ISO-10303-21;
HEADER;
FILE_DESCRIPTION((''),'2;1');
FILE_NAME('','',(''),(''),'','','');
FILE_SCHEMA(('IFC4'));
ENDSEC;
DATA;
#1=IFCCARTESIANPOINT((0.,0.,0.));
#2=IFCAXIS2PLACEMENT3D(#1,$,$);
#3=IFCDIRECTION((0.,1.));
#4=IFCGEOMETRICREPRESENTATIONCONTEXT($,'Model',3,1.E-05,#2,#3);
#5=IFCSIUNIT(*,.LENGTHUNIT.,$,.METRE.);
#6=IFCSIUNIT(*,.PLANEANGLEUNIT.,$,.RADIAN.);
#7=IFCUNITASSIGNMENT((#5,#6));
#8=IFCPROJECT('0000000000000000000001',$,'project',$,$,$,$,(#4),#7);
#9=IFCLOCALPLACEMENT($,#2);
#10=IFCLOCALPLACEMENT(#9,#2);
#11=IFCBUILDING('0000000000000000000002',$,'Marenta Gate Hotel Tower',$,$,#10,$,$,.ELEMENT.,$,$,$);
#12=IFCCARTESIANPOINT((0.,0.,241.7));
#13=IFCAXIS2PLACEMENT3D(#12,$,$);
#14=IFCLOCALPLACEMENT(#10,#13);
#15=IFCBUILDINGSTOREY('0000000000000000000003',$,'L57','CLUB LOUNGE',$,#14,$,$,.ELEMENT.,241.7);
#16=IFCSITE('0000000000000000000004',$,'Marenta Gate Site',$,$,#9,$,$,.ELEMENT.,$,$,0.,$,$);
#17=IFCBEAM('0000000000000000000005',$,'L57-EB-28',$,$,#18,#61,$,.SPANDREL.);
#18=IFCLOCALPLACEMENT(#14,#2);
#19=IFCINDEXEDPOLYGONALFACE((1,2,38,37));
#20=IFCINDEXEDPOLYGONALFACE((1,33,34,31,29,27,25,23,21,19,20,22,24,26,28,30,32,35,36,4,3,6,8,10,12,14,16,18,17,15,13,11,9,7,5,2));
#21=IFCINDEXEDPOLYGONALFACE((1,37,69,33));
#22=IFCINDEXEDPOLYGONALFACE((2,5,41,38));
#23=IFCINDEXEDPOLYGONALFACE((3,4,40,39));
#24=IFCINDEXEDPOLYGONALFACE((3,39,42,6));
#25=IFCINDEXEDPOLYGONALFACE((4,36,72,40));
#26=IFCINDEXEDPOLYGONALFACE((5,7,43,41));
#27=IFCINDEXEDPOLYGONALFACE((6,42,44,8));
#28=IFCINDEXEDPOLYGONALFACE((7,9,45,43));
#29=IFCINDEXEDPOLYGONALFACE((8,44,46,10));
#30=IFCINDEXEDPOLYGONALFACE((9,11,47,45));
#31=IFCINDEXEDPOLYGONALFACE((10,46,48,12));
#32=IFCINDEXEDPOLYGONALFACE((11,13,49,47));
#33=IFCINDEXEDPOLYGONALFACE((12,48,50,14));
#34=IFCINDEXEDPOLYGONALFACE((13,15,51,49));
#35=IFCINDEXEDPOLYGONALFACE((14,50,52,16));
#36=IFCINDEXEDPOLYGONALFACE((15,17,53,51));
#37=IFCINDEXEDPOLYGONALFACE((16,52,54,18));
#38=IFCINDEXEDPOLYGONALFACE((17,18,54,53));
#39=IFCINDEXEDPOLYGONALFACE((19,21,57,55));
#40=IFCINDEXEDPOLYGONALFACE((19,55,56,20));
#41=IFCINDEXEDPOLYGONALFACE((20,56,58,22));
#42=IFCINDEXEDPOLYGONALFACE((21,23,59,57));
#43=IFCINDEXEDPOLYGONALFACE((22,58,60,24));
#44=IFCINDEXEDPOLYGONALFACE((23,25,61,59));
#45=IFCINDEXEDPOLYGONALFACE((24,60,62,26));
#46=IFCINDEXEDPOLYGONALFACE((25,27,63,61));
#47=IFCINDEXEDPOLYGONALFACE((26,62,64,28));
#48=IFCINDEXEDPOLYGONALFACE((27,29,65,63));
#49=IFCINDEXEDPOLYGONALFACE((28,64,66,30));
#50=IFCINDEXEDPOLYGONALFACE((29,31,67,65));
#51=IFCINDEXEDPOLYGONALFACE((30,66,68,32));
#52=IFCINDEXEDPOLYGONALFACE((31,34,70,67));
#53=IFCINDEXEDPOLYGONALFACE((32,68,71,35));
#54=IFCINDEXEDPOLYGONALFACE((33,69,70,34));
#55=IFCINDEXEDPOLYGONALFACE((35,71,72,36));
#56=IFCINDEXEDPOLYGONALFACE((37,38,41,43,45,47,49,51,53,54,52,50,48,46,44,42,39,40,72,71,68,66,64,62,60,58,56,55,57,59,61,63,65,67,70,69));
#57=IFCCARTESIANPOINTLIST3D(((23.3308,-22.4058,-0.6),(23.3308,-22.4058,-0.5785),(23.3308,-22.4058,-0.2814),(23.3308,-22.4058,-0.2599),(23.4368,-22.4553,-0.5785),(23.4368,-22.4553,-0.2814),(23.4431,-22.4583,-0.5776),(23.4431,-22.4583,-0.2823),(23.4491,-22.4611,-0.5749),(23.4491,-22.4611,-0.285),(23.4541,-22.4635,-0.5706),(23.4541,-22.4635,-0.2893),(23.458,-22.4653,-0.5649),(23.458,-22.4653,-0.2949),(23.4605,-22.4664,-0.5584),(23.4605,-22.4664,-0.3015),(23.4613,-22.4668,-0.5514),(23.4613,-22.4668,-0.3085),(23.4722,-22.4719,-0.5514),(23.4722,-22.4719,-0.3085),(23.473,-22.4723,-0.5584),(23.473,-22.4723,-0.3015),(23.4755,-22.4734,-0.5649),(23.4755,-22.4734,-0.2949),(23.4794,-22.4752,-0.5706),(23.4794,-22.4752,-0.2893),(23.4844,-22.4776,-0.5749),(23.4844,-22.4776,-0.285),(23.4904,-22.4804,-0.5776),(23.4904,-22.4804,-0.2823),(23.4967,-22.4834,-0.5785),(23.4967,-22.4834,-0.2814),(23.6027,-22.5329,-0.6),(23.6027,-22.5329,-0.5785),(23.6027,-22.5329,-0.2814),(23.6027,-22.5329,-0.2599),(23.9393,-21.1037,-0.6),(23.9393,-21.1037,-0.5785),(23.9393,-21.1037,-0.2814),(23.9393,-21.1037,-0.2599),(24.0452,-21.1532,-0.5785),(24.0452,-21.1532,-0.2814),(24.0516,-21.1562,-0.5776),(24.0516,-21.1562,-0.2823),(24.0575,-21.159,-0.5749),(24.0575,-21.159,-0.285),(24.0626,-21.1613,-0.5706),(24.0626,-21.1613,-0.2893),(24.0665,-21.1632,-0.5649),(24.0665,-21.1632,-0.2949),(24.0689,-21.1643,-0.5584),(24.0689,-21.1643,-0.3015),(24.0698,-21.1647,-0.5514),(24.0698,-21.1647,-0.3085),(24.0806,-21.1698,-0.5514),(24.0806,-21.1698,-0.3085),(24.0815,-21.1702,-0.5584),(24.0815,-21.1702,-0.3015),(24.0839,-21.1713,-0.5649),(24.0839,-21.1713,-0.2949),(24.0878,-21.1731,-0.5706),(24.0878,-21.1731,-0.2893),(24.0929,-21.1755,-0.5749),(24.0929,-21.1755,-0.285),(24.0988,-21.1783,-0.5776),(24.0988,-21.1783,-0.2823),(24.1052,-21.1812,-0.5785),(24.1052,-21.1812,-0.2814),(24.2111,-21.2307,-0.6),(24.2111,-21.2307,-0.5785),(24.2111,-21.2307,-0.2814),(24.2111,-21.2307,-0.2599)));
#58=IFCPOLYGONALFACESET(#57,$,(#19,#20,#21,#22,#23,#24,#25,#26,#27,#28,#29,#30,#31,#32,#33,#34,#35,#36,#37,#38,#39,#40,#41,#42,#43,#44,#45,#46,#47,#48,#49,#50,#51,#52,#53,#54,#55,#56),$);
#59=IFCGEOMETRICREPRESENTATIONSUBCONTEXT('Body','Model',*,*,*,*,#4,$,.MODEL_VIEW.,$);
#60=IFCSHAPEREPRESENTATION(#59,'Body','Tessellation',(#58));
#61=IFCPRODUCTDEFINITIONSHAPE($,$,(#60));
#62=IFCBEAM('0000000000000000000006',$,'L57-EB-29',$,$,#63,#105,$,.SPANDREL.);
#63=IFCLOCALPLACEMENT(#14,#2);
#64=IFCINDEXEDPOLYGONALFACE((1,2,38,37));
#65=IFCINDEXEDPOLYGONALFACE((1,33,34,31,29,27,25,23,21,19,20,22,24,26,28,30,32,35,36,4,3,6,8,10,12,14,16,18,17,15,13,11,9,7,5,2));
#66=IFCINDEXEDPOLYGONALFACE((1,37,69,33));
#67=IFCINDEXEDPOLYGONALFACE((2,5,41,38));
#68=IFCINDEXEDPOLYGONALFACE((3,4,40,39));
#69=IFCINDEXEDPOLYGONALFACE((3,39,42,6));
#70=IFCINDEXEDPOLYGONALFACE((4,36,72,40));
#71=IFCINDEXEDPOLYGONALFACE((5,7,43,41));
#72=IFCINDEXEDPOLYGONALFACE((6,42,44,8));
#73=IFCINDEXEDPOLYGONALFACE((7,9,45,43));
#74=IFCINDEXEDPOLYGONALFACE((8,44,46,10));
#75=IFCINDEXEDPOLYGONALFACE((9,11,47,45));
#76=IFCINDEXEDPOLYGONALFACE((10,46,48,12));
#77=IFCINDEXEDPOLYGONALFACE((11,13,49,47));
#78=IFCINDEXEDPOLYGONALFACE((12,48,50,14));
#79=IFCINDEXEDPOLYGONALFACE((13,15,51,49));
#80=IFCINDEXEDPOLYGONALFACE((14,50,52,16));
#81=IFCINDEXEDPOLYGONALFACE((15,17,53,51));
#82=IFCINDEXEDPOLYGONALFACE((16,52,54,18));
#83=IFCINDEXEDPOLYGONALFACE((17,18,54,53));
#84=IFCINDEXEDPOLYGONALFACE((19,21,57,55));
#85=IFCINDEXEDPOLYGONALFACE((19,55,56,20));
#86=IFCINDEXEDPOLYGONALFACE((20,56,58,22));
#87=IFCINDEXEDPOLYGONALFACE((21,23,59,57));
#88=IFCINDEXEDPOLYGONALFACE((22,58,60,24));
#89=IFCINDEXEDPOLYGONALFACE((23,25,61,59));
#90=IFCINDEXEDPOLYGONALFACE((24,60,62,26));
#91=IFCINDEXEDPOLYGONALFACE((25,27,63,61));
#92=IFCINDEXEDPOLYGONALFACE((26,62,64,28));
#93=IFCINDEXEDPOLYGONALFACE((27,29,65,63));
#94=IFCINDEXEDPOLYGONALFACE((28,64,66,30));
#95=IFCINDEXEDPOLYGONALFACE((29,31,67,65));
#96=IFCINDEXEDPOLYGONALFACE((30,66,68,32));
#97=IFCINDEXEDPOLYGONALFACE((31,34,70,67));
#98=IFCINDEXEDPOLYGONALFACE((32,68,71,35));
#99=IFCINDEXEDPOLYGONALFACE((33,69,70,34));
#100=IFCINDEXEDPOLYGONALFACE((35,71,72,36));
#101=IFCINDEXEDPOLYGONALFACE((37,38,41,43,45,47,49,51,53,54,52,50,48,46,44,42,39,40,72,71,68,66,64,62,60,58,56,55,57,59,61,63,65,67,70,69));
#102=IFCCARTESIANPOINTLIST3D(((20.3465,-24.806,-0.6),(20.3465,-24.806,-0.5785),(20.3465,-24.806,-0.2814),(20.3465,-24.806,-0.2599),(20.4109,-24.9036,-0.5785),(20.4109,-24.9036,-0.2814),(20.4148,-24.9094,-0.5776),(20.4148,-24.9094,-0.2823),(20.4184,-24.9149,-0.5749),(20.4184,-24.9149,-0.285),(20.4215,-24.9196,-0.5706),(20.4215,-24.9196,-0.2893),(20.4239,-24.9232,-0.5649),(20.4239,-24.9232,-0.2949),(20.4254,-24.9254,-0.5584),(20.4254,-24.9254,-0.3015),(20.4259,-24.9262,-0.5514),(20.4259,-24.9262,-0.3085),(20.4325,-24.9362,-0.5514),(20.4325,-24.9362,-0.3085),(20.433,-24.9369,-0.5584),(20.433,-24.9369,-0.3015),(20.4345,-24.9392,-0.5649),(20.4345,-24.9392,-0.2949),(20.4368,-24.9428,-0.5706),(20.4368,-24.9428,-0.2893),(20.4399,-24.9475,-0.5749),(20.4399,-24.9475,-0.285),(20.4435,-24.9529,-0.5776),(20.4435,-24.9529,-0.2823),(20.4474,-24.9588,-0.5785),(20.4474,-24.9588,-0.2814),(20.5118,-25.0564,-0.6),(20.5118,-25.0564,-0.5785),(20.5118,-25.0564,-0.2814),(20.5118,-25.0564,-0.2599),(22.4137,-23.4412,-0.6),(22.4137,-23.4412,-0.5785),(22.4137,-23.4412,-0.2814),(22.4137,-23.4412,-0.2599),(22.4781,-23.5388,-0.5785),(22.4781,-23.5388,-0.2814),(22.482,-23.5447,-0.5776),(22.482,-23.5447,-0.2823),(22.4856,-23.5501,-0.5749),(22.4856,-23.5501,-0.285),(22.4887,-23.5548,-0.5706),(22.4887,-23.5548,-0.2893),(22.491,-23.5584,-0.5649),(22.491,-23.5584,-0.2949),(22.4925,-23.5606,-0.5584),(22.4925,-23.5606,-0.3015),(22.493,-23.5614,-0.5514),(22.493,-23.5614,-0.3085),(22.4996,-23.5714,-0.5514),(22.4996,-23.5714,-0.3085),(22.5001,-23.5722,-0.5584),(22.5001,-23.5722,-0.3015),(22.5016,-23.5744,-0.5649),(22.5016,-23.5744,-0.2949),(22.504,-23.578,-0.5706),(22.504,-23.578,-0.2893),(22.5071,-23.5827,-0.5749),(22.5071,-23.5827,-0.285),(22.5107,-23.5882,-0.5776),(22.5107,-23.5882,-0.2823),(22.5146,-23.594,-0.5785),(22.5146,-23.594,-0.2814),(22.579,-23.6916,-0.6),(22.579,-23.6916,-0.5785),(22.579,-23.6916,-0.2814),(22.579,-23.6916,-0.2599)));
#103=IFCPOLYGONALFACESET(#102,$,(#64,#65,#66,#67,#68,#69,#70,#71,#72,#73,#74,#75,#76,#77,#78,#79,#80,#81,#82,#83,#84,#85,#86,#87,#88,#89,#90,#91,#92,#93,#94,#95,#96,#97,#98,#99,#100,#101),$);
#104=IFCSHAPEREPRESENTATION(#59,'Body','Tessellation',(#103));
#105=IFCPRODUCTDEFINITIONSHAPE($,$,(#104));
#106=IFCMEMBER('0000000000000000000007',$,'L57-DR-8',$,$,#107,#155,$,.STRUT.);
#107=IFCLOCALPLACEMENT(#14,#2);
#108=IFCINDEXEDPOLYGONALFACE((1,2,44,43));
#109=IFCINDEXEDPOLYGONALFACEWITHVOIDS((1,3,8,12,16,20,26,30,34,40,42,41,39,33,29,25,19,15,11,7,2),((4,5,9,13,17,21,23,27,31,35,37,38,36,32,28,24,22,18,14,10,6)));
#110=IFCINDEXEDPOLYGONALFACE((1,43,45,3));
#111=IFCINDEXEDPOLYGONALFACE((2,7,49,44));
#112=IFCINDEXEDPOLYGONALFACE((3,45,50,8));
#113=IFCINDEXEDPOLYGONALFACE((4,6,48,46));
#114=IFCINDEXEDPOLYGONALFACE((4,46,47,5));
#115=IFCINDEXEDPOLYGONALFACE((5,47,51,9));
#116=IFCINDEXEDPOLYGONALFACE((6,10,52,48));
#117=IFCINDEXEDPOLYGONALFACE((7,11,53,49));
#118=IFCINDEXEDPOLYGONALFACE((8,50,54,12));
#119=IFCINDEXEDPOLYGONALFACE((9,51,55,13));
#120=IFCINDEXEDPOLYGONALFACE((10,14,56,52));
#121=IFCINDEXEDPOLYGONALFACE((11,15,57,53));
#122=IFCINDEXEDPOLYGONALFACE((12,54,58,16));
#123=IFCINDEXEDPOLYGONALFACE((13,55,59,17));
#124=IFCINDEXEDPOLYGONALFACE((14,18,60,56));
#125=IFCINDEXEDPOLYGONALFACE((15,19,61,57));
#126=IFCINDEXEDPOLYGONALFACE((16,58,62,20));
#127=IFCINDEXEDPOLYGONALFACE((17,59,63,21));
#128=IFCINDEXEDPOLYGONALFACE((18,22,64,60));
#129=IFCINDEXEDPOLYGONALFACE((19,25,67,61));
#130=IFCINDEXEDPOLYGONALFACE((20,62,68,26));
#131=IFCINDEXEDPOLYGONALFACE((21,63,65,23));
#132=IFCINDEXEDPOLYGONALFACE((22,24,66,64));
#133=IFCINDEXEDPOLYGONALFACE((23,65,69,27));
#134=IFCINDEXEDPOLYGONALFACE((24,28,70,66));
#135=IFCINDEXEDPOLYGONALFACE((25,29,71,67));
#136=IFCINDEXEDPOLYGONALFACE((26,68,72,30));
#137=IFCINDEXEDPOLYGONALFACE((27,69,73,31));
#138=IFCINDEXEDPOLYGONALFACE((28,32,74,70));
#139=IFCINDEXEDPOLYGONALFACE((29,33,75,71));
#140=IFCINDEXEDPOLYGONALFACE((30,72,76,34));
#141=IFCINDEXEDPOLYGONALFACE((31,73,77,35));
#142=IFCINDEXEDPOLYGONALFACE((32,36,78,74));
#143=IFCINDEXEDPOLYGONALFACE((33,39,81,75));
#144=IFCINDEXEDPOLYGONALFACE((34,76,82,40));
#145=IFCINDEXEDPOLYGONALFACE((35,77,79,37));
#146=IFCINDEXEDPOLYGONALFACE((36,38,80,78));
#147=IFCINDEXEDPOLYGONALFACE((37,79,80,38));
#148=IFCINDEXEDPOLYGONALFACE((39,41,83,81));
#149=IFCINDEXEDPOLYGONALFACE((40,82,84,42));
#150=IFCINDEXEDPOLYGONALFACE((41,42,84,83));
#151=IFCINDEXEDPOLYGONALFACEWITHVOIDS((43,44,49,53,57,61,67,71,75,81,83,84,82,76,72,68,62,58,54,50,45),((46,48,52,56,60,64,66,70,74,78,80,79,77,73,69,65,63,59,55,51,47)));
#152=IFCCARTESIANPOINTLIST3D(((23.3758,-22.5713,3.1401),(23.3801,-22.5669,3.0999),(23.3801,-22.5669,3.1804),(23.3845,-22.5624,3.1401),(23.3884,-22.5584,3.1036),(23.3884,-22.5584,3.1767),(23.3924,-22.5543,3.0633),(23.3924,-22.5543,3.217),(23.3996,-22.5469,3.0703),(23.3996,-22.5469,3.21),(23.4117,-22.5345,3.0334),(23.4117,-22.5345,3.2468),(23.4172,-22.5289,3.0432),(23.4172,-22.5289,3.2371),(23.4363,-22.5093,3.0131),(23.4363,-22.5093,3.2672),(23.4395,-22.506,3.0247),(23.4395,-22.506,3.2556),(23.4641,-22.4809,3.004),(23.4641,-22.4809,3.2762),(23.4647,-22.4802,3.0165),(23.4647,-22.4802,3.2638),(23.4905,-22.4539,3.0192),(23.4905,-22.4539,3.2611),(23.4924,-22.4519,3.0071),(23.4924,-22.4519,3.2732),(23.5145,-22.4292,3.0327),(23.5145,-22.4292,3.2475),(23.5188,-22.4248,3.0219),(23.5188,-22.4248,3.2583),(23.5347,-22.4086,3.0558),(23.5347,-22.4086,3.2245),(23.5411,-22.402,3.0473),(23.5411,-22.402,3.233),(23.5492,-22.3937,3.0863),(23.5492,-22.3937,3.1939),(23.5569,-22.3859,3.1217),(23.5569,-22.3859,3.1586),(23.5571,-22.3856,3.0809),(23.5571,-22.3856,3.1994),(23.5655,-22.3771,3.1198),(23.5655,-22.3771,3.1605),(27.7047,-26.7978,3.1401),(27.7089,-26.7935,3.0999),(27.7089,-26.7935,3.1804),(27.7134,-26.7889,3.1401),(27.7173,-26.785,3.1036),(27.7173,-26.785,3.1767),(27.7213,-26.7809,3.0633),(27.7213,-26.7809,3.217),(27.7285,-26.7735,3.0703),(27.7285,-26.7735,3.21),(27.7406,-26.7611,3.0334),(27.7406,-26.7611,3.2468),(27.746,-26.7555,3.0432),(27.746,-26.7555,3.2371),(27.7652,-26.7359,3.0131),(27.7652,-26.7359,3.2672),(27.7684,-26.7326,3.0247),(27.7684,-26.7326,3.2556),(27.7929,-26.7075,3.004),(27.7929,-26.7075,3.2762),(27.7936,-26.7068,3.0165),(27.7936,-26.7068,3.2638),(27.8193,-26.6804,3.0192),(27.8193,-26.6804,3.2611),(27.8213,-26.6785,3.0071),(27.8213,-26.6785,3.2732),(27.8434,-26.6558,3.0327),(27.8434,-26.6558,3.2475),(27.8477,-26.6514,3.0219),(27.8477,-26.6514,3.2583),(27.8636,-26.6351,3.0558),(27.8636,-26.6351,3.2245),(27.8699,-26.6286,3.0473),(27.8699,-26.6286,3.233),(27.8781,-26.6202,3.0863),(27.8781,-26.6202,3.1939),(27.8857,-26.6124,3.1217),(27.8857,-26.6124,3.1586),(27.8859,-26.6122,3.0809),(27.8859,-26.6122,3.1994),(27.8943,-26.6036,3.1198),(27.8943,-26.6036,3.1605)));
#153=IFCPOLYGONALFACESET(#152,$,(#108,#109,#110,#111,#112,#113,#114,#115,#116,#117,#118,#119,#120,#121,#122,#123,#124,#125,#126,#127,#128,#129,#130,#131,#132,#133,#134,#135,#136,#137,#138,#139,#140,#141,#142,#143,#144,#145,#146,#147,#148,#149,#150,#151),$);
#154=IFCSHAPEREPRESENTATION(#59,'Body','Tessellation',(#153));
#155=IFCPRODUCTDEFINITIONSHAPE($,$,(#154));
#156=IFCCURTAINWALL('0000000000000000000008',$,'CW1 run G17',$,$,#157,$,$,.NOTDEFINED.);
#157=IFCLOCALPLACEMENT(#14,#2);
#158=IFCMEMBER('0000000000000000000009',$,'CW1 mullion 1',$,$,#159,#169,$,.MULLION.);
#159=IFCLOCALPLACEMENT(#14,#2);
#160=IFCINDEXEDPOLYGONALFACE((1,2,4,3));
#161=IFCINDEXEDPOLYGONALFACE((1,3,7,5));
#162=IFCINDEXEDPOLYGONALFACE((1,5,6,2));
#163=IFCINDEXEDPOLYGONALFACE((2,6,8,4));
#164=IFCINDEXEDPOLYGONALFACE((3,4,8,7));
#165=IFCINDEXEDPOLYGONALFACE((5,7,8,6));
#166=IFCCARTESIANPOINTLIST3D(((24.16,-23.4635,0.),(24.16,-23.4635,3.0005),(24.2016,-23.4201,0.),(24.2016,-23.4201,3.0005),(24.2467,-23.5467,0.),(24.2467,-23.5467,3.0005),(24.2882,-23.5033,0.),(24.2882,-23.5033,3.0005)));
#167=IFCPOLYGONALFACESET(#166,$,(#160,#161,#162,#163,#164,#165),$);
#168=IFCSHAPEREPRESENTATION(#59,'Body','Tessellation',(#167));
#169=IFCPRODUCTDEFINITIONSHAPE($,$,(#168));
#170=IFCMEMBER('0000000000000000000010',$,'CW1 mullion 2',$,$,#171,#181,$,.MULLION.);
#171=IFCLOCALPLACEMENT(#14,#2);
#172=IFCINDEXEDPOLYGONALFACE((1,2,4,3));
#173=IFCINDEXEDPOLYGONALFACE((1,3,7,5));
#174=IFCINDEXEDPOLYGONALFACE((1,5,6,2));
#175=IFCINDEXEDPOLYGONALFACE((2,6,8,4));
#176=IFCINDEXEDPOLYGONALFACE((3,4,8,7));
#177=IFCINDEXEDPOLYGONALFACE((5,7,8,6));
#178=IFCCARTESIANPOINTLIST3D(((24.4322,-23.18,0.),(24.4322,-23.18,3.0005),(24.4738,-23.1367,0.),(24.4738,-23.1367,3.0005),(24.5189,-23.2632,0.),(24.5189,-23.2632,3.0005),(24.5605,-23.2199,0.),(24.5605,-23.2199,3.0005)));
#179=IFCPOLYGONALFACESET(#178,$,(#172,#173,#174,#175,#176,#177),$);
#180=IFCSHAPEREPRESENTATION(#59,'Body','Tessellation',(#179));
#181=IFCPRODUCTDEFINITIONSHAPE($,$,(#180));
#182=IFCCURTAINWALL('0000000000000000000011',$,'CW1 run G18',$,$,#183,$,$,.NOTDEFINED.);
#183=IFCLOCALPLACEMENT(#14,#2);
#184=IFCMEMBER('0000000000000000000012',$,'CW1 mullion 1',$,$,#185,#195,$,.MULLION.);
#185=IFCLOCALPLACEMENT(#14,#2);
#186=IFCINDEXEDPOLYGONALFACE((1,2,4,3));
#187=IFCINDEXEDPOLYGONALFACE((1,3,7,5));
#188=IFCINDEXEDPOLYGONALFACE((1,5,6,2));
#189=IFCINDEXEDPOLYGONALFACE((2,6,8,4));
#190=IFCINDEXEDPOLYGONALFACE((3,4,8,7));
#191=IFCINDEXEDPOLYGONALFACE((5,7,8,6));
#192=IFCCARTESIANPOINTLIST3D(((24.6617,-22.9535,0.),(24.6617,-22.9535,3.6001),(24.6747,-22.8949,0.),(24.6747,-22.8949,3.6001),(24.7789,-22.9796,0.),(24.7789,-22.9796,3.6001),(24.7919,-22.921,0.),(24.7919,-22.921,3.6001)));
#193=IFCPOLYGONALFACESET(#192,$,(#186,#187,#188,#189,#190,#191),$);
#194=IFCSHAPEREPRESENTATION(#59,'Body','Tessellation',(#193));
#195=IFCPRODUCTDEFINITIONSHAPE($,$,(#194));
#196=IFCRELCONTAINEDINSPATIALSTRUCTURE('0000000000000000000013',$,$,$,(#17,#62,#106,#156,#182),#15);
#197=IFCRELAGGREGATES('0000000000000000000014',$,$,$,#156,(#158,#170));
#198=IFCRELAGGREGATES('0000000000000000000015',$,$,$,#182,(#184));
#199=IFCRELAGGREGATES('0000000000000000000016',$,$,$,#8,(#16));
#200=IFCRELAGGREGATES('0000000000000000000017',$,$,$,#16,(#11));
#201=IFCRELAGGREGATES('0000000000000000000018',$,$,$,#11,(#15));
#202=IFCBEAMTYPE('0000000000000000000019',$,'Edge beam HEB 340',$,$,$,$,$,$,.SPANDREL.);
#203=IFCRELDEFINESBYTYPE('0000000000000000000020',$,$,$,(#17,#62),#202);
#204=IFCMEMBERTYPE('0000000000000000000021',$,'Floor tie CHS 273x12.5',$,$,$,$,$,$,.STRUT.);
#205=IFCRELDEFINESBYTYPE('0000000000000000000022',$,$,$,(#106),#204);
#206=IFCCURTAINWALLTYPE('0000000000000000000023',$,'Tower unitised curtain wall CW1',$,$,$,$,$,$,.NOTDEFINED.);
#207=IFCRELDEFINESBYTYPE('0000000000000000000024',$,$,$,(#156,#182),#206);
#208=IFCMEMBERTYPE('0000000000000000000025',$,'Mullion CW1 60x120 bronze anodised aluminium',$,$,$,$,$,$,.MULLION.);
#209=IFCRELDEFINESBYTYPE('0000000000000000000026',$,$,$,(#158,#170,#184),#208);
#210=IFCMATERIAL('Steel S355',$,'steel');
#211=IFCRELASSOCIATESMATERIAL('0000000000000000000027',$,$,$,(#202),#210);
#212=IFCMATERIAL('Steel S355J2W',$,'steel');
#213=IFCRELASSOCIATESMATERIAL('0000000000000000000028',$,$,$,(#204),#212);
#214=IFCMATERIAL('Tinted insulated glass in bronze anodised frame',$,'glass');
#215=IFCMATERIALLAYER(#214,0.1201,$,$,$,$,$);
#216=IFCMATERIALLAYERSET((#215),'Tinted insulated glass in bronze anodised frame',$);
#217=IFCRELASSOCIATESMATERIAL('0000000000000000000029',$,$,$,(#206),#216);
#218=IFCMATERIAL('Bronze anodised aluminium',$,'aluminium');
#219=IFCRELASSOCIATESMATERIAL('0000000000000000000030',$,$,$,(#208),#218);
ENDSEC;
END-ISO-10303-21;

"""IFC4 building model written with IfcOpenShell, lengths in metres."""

from ifc_helpers import new_model, si_unit, direction, frame, origin, origin_2d, place, context, subcontext, project, spatial, rectangle, hollow_circle, i_section, extrude, material, layer, layer_set, material_profile, profile_set, type_object, element, aggregate, save


model = new_model("IFC4")

# Units and contexts
model_context = context("Model", 3, precision=1e-05, world=origin(), true_north=direction((0.0, 1.0)))
body_context = subcontext(model_context, "Body", "Model", "MODEL_VIEW")
ifc_project = project(units=[si_unit("LENGTHUNIT", "METRE"), si_unit("PLANEANGLEUNIT", "RADIAN")], contexts=[model_context])

# Site, building, storey
site_placement = place(None, origin())
site = spatial("IfcSite", under=ifc_project, at=site_placement, Name="Marenta Gate Site", CompositionType="ELEMENT", RefElevation=0.0)
building_placement = place(site_placement, origin())
building = spatial("IfcBuilding", under=site, at=building_placement, Name="Marenta Gate Hotel Tower", CompositionType="ELEMENT")
storey_placement = place(building_placement, frame((0.0, 0.0, 241.7)))
storey = spatial("IfcBuildingStorey", under=building, at=storey_placement, Name="L57", Description="CLUB LOUNGE", CompositionType="ELEMENT", Elevation=241.7)

# Beams
ifc_material_1 = material(Name="Steel S355", Category="steel")
ifc_material_profile_1 = material_profile(ifc_material_1, i_section(OverallWidth=0.3, OverallDepth=0.3401, WebThickness=0.012, FlangeThickness=0.0215, FilletRadius=0.0271, at=origin_2d()), Name="HEB 340")
ifc_profile_set_1 = profile_set([ifc_material_profile_1], Name="Steel S355")
beam_type = type_object("IfcBeamType", Name="Edge beam HEB 340", PredefinedType="SPANDREL", material=ifc_profile_set_1)
beam_1_placement = place(storey_placement, frame((24.0752, -21.1672, -0.4299), z_axis=(-0.423341, -0.90597, 0.0), x_axis=(0.90597, -0.423341, 0.0)))
element("IfcBeam", 1, at=beam_1_placement, inside=storey, type_object=beam_type, Name="L57-EB-28", PredefinedType="SPANDREL", context=body_context, shape_type="SweptSolid", body=[
    extrude(i_section(OverallWidth=0.3, OverallDepth=0.3401, WebThickness=0.012, FlangeThickness=0.0215, FilletRadius=0.0271, at=origin_2d()), origin(), (0.0, 0.0, 1.0), 1.4373),
])
beam_2_placement = place(storey_placement, frame((22.4963, -23.5664, -0.4299), z_axis=(-0.834529, -0.550964, 0.0), x_axis=(0.550964, -0.834529, 0.0)))
element("IfcBeam", 2, at=beam_2_placement, inside=storey, type_object=beam_type, Name="L57-EB-29", PredefinedType="SPANDREL", context=body_context, shape_type="SweptSolid", body=[
    extrude(i_section(OverallWidth=0.3, OverallDepth=0.3401, WebThickness=0.012, FlangeThickness=0.0215, FilletRadius=0.0271, at=origin_2d()), origin(), (0.0, 0.0, 1.0), 2.4771),
])

# Member
ifc_material_2 = material(Name="Steel S355J2W", Category="steel")
ifc_material_profile_2 = material_profile(ifc_material_2, hollow_circle(Radius=0.1365, WallThickness=0.0125, at=origin_2d()), Name="CHS 273x12.5")
ifc_profile_set_2 = profile_set([ifc_material_profile_2], Name="Steel S355J2W")
member_type_1 = type_object("IfcMemberType", Name="Floor tie CHS 273x12.5", PredefinedType="STRUT", material=ifc_profile_set_2)
member_1_placement = place(storey_placement, frame((27.8, -26.7002, 3.1401), z_axis=(-0.71551, 0.698602, 0.0), x_axis=(-0.698602, -0.71551, 0.0)))
element("IfcMember", 3, at=member_1_placement, inside=storey, type_object=member_type_1, Name="L57-DR-8", PredefinedType="STRUT", context=body_context, shape_type="SweptSolid", body=[
    extrude(hollow_circle(Radius=0.1365, WallThickness=0.0125, at=origin_2d()), origin(), (0.0, 0.0, 1.0), 6.05),
])

# Curtain wall, members
ifc_material_3 = material(Name="Tinted insulated glass in bronze anodised frame", Category="glass")
ifc_layer_1 = layer(ifc_material_3, 0.1201)
ifc_layer_set_1 = layer_set([ifc_layer_1], Name="Tinted insulated glass in bronze anodised frame")
curtain_wall_type = type_object("IfcCurtainWallType", Name="Tower unitised curtain wall CW1", PredefinedType="NOTDEFINED", material=ifc_layer_set_1)
curtain_wall_1_placement = place(storey_placement, origin())
curtain_wall_1 = element("IfcCurtainWall", 4, at=curtain_wall_1_placement, inside=storey, type_object=curtain_wall_type, Name="CW1 run G17", PredefinedType="NOTDEFINED")
ifc_material_4 = material(Name="Bronze anodised aluminium", Category="aluminium")
ifc_material_profile_3 = material_profile(ifc_material_4, rectangle(XDim=0.1201, YDim=0.0601, at=origin_2d()), Name="Mullion CW1 60x120 bronze anodised aluminium")
ifc_profile_set_3 = profile_set([ifc_material_profile_3], Name="Bronze anodised aluminium")
member_type_2 = type_object("IfcMemberType", Name="Mullion CW1 60x120 bronze anodised aluminium", PredefinedType="MULLION", material=ifc_profile_set_3)
member_2_placement = place(storey_placement, frame((24.2241, -23.4834, 0.0), z_axis=(0.0, 0.0, 1.0), x_axis=(-0.721418, 0.6925, 0.0)))
member_2 = element("IfcMember", 5, at=member_2_placement, type_object=member_type_2, Name="CW1 mullion 1", PredefinedType="MULLION", context=body_context, shape_type="SweptSolid", body=[
    extrude(rectangle(XDim=0.1201, YDim=0.0601, at=origin_2d()), origin(), (0.0, 0.0, 1.0), 3.0005),
])
member_3_placement = place(storey_placement, frame((24.4963, -23.2, 0.0), z_axis=(0.0, 0.0, 1.0), x_axis=(-0.721418, 0.6925, 0.0)))
member_3 = element("IfcMember", 6, at=member_3_placement, type_object=member_type_2, Name="CW1 mullion 2", PredefinedType="MULLION", context=body_context, shape_type="SweptSolid", body=[
    extrude(rectangle(XDim=0.1201, YDim=0.0601, at=origin_2d()), origin(), (0.0, 0.0, 1.0), 3.0005),
])

# Curtain wall, member
curtain_wall_2_placement = place(storey_placement, origin())
curtain_wall_2 = element("IfcCurtainWall", 7, at=curtain_wall_2_placement, inside=storey, type_object=curtain_wall_type, Name="CW1 run G18", PredefinedType="NOTDEFINED")
member_4_placement = place(storey_placement, frame((24.7268, -22.9373, 0.0), z_axis=(0.0, 0.0, 1.0), x_axis=(-0.976207, 0.216842, 0.0)))
member_4 = element("IfcMember", 8, at=member_4_placement, type_object=member_type_2, Name="CW1 mullion 1", PredefinedType="MULLION", context=body_context, shape_type="SweptSolid", body=[
    extrude(rectangle(XDim=0.1201, YDim=0.0601, at=origin_2d()), origin(), (0.0, 0.0, 1.0), 3.6001),
])

aggregate(curtain_wall_1, [member_2, member_3])
aggregate(curtain_wall_2, [member_4])

save(model, "model.ifc")
